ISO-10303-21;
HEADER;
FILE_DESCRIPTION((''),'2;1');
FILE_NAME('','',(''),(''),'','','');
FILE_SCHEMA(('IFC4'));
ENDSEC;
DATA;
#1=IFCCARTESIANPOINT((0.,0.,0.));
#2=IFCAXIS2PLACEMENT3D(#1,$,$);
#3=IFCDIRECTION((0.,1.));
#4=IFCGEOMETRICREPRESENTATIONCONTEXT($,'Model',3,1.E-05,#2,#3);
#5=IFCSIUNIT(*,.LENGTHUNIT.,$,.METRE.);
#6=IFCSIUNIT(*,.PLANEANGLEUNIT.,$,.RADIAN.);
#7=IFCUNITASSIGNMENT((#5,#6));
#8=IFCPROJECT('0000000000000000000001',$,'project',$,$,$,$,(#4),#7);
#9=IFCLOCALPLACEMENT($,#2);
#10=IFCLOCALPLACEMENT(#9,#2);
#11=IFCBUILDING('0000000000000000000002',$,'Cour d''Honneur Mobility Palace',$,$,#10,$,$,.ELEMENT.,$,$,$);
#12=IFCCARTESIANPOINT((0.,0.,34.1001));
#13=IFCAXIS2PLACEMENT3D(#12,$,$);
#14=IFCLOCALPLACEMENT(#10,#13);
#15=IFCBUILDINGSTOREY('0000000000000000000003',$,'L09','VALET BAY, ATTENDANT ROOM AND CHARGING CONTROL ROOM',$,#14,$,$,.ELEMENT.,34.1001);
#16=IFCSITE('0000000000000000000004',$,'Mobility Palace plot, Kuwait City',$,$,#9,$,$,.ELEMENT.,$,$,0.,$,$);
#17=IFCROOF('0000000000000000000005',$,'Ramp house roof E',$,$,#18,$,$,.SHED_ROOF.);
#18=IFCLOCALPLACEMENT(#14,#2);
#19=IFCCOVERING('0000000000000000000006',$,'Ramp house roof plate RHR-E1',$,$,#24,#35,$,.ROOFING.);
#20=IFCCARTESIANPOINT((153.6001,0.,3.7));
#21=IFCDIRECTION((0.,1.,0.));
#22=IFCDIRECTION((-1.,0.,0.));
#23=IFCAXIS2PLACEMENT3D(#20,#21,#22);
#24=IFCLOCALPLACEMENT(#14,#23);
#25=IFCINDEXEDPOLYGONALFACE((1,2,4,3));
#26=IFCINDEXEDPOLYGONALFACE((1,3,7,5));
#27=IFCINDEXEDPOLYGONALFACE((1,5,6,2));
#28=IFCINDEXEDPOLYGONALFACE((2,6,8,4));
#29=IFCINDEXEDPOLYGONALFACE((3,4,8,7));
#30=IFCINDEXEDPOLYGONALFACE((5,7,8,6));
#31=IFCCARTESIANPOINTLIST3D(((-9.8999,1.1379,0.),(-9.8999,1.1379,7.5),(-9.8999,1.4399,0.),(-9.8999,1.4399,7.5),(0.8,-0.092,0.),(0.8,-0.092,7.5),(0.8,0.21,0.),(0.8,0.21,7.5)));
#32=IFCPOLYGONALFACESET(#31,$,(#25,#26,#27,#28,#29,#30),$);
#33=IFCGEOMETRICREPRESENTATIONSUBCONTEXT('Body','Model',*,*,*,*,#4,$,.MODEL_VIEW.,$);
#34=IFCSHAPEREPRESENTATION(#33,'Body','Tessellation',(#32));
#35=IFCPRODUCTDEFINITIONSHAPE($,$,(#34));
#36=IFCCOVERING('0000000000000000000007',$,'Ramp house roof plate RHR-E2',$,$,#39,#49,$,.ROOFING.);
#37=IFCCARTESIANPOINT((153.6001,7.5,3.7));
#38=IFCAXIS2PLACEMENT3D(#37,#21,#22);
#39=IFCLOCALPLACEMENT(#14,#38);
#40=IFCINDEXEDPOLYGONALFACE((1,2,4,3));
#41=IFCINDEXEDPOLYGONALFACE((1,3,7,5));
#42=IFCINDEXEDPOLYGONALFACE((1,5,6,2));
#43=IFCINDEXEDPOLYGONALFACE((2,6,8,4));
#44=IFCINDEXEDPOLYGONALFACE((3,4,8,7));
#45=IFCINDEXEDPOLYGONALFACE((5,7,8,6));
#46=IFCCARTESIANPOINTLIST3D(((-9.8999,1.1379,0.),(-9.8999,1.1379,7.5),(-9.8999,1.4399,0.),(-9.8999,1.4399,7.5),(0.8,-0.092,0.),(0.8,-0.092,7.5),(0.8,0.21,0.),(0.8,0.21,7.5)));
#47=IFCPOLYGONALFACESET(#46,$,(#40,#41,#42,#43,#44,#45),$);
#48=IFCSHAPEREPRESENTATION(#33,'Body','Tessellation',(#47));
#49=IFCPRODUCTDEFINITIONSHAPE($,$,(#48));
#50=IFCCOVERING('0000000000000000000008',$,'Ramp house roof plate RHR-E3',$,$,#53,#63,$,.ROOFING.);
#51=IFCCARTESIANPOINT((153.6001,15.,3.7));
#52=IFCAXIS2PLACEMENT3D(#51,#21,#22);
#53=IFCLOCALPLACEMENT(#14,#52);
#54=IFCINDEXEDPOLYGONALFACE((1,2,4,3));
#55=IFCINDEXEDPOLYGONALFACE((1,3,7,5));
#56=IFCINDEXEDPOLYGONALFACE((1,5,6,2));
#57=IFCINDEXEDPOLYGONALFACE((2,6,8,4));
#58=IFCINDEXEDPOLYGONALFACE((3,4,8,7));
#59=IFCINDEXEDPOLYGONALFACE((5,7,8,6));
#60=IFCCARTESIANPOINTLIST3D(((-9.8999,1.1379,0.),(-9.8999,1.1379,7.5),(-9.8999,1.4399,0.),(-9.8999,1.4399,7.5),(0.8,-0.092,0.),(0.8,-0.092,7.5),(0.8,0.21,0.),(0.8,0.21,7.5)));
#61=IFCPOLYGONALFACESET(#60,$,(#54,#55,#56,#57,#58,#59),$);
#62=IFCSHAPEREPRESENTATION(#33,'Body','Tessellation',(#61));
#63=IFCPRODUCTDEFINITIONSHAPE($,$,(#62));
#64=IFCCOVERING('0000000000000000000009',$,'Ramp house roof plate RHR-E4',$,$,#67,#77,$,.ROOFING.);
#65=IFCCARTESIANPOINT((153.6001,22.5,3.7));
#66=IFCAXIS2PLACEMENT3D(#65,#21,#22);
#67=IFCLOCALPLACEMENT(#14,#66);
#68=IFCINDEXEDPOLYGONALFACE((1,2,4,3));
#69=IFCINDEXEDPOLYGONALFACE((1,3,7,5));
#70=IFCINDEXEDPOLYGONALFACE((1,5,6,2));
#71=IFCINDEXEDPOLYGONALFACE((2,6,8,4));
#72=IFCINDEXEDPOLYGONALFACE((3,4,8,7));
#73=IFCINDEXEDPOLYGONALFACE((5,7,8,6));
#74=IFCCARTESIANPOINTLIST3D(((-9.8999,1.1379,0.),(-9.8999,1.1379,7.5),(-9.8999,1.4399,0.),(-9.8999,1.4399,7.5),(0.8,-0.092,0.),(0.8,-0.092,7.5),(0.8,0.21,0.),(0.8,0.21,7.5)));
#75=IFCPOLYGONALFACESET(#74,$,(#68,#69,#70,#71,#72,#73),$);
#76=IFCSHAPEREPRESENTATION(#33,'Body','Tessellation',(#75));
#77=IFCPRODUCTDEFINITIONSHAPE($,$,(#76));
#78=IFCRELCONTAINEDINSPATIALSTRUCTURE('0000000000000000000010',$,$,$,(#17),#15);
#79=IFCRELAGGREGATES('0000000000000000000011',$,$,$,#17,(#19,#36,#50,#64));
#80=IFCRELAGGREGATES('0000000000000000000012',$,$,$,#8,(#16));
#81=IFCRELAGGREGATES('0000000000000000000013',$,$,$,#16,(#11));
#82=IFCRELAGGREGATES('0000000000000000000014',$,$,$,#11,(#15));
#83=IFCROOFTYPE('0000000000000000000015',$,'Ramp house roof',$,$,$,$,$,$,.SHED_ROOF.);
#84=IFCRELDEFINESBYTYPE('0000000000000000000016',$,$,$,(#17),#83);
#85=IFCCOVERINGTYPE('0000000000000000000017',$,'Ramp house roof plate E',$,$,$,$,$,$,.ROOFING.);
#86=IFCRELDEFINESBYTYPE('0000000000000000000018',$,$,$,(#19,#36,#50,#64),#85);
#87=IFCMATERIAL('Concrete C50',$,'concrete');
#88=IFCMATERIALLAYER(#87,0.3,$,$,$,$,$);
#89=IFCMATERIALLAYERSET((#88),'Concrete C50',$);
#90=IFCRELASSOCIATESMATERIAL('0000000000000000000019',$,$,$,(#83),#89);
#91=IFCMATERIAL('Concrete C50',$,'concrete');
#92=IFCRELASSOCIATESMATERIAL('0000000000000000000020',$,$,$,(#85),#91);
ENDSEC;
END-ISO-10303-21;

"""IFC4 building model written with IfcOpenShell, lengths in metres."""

from ifc_helpers import new_model, si_unit, direction, frame, origin, place, context, subcontext, project, spatial, polyline, outline, extrude, material, layer, layer_set, material_profile, profile_set, type_object, element, aggregate, save


model = new_model("IFC4")

# Units and contexts
model_context = context("Model", 3, precision=1e-05, world=origin(), true_north=direction((0.0, 1.0)))
body_context = subcontext(model_context, "Body", "Model", "MODEL_VIEW")
ifc_project = project(units=[si_unit("LENGTHUNIT", "METRE"), si_unit("PLANEANGLEUNIT", "RADIAN")], contexts=[model_context])

# Site, building, storey
site_placement = place(None, origin())
site = spatial("IfcSite", under=ifc_project, at=site_placement, Name="Mobility Palace plot, Kuwait City", CompositionType="ELEMENT", RefElevation=0.0)
building_placement = place(site_placement, origin())
building = spatial("IfcBuilding", under=site, at=building_placement, Name="Cour d'Honneur Mobility Palace", CompositionType="ELEMENT")
storey_placement = place(building_placement, frame((0.0, 0.0, 34.1001)))
storey = spatial("IfcBuildingStorey", under=building, at=storey_placement, Name="L09", Description="VALET BAY, ATTENDANT ROOM AND CHARGING CONTROL ROOM", CompositionType="ELEMENT", Elevation=34.1001)

# Roof, coverings
ifc_material_1 = material(Name="Concrete C50", Category="concrete")
ifc_layer_1 = layer(ifc_material_1, 0.3)
ifc_layer_set_1 = layer_set([ifc_layer_1], Name="Concrete C50")
roof_type = type_object("IfcRoofType", Name="Ramp house roof", PredefinedType="SHED_ROOF", material=ifc_layer_set_1)
roof_placement = place(storey_placement, origin())
roof = element("IfcRoof", 1, at=roof_placement, inside=storey, type_object=roof_type, Name="Ramp house roof E", PredefinedType="SHED_ROOF")
ifc_material_2 = material(Name="Concrete C50", Category="concrete")
ifc_material_profile_1 = material_profile(ifc_material_2, outline(polyline([(0.8, -0.092), (-9.8999, 1.1379), (-9.8999, 1.4399), (0.8, 0.21), (0.8, -0.092)])), Name="Ramp house roof plate E")
ifc_profile_set_1 = profile_set([ifc_material_profile_1], Name="Concrete C50")
covering_type_1 = type_object("IfcCoveringType", Name="Ramp house roof plate E", PredefinedType="ROOFING", material=ifc_profile_set_1)
covering_1_placement = place(storey_placement, frame((153.6001, 0.0, 3.7), z_axis=(0.0, 1.0, 0.0), x_axis=(-1.0, 0.0, 0.0)))
covering_1 = element("IfcCovering", 2, at=covering_1_placement, type_object=covering_type_1, Name="Ramp house roof plate RHR-E1", PredefinedType="ROOFING", context=body_context, shape_type="SweptSolid", body=[
    extrude(outline(polyline([(0.8, -0.092), (-9.8999, 1.1379), (-9.8999, 1.4399), (0.8, 0.21), (0.8, -0.092)])), origin(), (0.0, 0.0, 1.0), 7.5),
])
covering_2_placement = place(storey_placement, frame((153.6001, 7.5, 3.7), z_axis=(0.0, 1.0, 0.0), x_axis=(-1.0, 0.0, 0.0)))
covering_2 = element("IfcCovering", 3, at=covering_2_placement, type_object=covering_type_1, Name="Ramp house roof plate RHR-E2", PredefinedType="ROOFING", context=body_context, shape_type="SweptSolid", body=[
    extrude(outline(polyline([(0.8, -0.092), (-9.8999, 1.1379), (-9.8999, 1.4399), (0.8, 0.21), (0.8, -0.092)])), origin(), (0.0, 0.0, 1.0), 7.5),
])
covering_3_placement = place(storey_placement, frame((153.6001, 15.0, 3.7), z_axis=(0.0, 1.0, 0.0), x_axis=(-1.0, 0.0, 0.0)))
covering_3 = element("IfcCovering", 4, at=covering_3_placement, type_object=covering_type_1, Name="Ramp house roof plate RHR-E3", PredefinedType="ROOFING", context=body_context, shape_type="SweptSolid", body=[
    extrude(outline(polyline([(0.8, -0.092), (-9.8999, 1.1379), (-9.8999, 1.4399), (0.8, 0.21), (0.8, -0.092)])), origin(), (0.0, 0.0, 1.0), 7.5),
])
covering_4_placement = place(storey_placement, frame((153.6001, 22.5, 3.7), z_axis=(0.0, 1.0, 0.0), x_axis=(-1.0, 0.0, 0.0)))
covering_4 = element("IfcCovering", 5, at=covering_4_placement, type_object=covering_type_1, Name="Ramp house roof plate RHR-E4", PredefinedType="ROOFING", context=body_context, shape_type="SweptSolid", body=[
    extrude(outline(polyline([(0.8, -0.092), (-9.8999, 1.1379), (-9.8999, 1.4399), (0.8, 0.21), (0.8, -0.092)])), origin(), (0.0, 0.0, 1.0), 7.5),
])
aggregate(roof, [covering_1, covering_2, covering_3, covering_4])

save(model, "model.ifc")
